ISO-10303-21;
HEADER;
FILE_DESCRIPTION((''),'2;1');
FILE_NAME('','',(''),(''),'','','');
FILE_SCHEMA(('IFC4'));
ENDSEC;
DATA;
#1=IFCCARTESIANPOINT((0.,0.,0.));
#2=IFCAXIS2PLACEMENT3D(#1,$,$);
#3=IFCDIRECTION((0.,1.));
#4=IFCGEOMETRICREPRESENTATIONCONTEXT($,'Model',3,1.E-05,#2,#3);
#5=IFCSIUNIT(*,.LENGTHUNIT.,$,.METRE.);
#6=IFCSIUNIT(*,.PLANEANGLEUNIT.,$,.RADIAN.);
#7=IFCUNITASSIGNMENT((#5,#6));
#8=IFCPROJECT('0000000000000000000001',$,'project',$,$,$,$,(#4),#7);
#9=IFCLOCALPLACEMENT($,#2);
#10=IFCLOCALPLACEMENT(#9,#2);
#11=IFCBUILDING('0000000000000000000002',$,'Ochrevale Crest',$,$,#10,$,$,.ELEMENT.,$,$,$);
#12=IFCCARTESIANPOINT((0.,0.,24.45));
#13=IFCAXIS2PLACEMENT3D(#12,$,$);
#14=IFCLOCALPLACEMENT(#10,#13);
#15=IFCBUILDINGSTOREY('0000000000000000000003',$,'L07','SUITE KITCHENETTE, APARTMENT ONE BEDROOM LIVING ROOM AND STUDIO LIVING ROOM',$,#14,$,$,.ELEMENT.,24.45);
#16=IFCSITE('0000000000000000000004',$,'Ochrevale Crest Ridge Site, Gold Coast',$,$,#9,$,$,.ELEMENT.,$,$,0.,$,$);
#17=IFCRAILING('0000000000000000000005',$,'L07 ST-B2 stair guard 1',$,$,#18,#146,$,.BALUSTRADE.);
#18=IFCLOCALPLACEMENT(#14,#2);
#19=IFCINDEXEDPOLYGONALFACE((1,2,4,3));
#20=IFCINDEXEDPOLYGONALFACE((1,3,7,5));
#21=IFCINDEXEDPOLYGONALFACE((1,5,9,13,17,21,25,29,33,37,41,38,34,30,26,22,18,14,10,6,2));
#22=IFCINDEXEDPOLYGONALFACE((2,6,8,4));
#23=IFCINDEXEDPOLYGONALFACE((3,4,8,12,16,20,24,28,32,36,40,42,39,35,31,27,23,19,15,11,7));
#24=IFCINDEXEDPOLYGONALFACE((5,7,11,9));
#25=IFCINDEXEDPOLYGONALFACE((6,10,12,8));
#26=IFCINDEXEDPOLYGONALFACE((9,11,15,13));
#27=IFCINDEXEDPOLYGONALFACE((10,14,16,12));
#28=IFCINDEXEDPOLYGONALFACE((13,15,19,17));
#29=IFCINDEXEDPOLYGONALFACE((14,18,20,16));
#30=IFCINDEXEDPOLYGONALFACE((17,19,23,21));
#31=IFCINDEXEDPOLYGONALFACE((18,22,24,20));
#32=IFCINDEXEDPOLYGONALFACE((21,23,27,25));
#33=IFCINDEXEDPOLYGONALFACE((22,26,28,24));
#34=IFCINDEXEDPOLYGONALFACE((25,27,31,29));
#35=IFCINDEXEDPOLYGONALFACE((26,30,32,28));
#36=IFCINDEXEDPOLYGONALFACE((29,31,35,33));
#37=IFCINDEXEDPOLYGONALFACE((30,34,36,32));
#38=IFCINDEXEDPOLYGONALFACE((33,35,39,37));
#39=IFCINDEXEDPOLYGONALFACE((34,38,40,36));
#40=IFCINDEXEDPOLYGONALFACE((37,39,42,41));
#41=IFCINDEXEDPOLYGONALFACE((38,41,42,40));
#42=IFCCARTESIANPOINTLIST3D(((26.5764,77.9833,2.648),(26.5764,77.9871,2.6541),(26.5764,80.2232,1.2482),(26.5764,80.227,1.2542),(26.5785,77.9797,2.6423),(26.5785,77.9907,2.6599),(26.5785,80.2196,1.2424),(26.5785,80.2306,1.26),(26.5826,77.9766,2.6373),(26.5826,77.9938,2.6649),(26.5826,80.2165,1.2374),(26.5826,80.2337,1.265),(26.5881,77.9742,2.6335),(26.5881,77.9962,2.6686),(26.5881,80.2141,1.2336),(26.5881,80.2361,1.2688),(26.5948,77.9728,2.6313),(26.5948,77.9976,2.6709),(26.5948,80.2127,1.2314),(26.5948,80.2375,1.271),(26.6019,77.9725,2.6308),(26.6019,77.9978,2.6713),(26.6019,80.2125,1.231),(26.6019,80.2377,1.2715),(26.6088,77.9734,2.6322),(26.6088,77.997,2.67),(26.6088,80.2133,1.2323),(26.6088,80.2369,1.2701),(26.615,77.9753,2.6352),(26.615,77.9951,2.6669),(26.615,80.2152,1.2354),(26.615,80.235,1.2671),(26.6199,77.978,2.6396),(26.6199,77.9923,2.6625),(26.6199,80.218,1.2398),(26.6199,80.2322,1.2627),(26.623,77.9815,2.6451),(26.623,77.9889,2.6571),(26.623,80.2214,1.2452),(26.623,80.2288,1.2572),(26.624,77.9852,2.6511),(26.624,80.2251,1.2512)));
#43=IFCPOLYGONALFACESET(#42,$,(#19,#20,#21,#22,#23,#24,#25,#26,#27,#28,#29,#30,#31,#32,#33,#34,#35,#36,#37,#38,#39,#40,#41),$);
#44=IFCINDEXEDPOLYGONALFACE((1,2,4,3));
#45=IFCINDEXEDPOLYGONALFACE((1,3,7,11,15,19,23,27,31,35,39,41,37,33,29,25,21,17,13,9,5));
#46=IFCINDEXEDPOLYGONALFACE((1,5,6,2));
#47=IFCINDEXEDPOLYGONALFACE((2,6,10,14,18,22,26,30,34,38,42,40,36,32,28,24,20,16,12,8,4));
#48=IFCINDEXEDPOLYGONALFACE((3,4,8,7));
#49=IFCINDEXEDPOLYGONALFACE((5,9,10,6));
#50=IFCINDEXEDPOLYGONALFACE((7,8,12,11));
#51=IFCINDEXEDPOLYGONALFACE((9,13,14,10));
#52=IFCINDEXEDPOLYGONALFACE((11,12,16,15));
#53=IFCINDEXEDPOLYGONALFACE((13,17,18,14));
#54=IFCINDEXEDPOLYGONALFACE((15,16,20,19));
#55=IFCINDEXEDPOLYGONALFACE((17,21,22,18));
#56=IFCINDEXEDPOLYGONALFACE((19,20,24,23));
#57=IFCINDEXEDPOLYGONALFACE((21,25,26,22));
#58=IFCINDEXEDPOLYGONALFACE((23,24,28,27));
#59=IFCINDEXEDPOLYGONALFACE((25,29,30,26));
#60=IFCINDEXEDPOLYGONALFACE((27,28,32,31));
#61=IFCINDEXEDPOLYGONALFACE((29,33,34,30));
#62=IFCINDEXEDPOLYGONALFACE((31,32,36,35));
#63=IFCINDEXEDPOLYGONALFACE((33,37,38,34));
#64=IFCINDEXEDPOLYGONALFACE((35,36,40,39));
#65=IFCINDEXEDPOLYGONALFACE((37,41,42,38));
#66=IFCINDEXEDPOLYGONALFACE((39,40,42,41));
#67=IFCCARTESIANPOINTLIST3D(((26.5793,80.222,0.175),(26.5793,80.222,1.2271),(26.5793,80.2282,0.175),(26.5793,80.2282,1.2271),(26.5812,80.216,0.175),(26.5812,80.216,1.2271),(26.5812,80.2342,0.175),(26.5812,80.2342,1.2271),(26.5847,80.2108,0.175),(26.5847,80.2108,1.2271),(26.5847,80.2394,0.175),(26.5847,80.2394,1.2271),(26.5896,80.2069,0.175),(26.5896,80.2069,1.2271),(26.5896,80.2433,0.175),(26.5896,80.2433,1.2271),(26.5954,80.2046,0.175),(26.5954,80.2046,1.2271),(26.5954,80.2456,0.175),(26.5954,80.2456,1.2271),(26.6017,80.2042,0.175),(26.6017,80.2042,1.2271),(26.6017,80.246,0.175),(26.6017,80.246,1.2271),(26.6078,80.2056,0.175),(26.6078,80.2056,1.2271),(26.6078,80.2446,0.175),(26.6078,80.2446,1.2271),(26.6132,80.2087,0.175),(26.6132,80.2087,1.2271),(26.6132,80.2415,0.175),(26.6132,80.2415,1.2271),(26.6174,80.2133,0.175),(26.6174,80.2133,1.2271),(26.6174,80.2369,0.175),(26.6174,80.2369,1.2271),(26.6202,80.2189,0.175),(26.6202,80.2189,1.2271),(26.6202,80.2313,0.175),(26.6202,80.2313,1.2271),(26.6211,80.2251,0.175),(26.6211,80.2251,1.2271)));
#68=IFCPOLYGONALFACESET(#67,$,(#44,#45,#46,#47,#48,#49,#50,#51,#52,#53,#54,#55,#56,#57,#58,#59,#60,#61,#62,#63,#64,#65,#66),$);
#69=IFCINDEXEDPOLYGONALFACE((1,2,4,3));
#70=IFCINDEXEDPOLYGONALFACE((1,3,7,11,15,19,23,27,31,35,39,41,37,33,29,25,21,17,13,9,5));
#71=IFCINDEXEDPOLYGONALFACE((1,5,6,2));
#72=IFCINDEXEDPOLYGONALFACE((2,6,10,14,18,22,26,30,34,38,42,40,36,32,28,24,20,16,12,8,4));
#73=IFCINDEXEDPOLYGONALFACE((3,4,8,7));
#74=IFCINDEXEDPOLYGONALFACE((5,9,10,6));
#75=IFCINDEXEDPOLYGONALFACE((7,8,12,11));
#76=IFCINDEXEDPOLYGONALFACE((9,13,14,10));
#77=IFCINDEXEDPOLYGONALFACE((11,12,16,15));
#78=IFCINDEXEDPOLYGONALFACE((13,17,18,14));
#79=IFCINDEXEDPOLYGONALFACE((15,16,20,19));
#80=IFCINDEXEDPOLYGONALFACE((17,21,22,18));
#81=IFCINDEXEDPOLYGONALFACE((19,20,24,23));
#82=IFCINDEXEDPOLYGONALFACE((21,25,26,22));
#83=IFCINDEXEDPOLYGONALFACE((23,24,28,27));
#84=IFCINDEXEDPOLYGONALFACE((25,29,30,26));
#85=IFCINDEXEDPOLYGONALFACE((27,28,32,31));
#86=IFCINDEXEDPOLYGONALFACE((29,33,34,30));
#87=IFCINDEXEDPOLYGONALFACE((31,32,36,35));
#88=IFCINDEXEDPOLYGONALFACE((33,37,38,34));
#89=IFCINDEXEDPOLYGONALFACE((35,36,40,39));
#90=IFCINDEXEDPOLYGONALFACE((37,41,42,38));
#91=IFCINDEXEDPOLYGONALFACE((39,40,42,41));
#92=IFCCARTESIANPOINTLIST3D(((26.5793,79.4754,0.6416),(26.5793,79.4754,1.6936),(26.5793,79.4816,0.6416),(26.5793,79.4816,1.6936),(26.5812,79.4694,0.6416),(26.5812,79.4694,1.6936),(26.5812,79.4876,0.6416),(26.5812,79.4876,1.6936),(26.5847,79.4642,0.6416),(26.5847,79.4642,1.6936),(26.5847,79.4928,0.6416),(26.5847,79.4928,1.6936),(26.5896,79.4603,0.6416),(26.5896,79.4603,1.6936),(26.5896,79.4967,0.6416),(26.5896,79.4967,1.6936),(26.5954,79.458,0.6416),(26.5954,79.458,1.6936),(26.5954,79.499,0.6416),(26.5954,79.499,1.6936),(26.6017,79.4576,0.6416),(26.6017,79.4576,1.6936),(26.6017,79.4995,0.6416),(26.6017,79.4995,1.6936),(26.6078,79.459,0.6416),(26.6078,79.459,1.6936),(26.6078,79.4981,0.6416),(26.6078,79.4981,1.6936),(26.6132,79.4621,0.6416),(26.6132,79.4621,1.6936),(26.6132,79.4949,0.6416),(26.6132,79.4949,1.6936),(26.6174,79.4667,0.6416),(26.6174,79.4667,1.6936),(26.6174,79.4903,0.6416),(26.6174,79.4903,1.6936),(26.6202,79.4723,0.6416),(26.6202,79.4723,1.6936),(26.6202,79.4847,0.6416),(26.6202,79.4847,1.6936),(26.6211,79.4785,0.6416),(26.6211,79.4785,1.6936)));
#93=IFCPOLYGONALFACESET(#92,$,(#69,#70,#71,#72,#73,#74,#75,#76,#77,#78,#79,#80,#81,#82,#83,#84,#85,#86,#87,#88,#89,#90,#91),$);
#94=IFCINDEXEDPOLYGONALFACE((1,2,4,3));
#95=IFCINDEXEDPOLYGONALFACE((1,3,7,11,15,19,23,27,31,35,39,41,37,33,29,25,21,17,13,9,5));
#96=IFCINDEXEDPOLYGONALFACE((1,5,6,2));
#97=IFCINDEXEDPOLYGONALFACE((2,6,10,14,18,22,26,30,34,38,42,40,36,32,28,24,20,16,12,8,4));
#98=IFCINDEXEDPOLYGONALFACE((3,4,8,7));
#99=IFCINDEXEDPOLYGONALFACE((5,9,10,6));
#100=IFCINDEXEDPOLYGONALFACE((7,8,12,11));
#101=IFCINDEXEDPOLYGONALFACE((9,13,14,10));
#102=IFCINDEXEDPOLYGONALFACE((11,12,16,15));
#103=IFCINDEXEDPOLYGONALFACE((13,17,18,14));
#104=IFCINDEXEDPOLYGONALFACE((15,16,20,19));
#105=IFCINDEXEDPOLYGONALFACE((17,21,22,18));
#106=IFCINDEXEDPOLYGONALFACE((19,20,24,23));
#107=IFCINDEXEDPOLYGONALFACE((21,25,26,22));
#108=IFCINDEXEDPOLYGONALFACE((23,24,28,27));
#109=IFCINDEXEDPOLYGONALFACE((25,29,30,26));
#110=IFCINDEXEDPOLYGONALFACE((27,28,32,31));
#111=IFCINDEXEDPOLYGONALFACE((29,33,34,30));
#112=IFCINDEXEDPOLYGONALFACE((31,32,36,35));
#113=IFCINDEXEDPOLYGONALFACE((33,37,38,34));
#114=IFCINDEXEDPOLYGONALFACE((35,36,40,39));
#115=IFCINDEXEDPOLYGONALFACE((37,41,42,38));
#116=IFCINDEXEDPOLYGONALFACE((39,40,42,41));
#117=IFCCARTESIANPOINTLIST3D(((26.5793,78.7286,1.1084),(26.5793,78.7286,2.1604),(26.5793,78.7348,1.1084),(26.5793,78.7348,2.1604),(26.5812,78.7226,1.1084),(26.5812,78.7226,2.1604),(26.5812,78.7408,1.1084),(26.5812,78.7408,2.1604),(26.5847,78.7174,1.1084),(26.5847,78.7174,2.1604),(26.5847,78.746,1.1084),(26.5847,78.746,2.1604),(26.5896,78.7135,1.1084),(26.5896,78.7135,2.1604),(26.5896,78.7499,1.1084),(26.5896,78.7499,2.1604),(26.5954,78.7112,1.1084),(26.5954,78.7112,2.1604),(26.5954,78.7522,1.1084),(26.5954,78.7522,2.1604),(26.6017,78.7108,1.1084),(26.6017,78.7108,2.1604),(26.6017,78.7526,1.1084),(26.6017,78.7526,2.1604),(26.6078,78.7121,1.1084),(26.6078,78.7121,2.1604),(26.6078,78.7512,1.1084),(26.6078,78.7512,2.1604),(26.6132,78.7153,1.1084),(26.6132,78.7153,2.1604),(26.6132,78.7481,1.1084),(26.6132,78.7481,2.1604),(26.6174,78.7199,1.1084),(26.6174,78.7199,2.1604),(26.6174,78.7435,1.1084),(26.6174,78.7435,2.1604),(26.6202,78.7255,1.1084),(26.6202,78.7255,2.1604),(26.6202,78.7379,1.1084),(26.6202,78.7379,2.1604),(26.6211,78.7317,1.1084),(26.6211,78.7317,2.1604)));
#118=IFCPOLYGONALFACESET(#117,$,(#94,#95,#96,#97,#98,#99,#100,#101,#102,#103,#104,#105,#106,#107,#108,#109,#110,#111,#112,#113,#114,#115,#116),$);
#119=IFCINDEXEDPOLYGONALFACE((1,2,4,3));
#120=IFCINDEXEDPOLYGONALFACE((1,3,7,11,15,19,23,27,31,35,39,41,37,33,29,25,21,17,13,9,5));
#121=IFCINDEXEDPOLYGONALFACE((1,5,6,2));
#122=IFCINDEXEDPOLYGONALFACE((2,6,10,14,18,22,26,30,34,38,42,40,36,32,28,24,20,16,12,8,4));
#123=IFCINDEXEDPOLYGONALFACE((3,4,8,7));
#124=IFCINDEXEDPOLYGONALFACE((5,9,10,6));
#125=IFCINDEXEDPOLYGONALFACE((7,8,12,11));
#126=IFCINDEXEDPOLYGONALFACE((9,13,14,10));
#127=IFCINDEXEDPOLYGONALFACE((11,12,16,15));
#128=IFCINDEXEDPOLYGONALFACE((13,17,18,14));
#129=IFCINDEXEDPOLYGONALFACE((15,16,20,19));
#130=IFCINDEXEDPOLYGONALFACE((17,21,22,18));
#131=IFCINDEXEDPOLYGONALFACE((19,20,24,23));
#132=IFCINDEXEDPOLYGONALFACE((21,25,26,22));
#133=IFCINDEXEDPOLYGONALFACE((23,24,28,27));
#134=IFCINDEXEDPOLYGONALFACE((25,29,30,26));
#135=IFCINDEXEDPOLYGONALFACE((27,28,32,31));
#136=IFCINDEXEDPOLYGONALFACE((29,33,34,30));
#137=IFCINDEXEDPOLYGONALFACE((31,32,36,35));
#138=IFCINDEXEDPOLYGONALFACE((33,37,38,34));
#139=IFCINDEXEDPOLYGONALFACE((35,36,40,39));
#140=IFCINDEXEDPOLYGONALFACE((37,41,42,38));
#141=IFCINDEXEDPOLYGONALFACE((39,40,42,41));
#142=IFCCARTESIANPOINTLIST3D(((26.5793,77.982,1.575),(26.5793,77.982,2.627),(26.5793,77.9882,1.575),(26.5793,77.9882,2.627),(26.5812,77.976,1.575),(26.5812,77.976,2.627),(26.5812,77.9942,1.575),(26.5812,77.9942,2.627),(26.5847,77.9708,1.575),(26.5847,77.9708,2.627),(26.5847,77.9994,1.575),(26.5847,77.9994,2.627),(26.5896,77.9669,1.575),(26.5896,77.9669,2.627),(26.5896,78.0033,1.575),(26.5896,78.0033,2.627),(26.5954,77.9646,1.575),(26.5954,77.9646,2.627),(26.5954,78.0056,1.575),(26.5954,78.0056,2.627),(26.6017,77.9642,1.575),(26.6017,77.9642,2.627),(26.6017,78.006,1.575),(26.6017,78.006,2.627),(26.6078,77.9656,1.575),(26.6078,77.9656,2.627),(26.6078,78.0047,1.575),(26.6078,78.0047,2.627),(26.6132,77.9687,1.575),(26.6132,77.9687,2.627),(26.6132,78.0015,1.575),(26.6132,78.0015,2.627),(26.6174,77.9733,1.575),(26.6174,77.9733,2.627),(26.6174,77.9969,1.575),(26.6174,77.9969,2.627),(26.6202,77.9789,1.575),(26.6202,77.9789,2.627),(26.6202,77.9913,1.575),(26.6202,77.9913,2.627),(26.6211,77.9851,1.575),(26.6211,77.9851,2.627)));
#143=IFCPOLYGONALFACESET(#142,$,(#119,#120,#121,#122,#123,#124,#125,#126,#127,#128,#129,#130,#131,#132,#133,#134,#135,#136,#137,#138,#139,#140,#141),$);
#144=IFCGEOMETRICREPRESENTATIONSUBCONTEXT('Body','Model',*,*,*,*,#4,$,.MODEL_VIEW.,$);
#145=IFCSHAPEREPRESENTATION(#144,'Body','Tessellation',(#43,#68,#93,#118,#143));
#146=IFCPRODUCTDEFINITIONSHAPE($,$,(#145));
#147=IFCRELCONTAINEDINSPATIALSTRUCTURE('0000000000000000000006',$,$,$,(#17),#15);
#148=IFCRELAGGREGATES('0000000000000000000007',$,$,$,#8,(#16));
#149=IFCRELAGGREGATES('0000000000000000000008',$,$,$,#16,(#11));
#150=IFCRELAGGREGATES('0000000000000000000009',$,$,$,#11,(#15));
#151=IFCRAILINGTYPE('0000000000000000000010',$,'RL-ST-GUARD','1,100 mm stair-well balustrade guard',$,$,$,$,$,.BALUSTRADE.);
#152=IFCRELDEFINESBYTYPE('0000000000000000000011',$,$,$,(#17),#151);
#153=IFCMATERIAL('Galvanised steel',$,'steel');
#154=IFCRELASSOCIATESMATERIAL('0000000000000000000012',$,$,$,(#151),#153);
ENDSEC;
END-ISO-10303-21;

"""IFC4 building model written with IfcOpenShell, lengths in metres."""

from ifc_helpers import new_model, si_unit, direction, frame, origin, origin_2d, place, context, subcontext, project, spatial, circle, extrude, material, type_object, element, save


model = new_model("IFC4")

# Units and contexts
model_context = context("Model", 3, precision=1e-05, world=origin(), true_north=direction((0.0, 1.0)))
body_context = subcontext(model_context, "Body", "Model", "MODEL_VIEW")
ifc_project = project(units=[si_unit("LENGTHUNIT", "METRE"), si_unit("PLANEANGLEUNIT", "RADIAN")], contexts=[model_context])

# Site, building, storey
site_placement = place(None, origin())
site = spatial("IfcSite", under=ifc_project, at=site_placement, Name="Ochrevale Crest Ridge Site, Gold Coast", CompositionType="ELEMENT", RefElevation=0.0)
building_placement = place(site_placement, origin())
building = spatial("IfcBuilding", under=site, at=building_placement, Name="Ochrevale Crest", CompositionType="ELEMENT")
storey_placement = place(building_placement, frame((0.0, 0.0, 24.45)))
storey = spatial("IfcBuildingStorey", under=building, at=storey_placement, Name="L07", Description="SUITE KITCHENETTE, APARTMENT ONE BEDROOM LIVING ROOM AND STUDIO LIVING ROOM", CompositionType="ELEMENT", Elevation=24.45)

# Railing
ifc_material_1 = material(Name="Galvanised steel", Category="steel")
railing_type_1 = type_object("IfcRailingType", Name="RL-ST-GUARD", Description="1,100 mm stair-well balustrade guard", PredefinedType="BALUSTRADE", material=ifc_material_1)
railing_1_placement = place(storey_placement, frame((26.6001, 80.2251, 0.175)))
element("IfcRailing", 1, at=railing_1_placement, inside=storey, type_object=railing_type_1, Name="L07 ST-B2 stair guard 1", PredefinedType="BALUSTRADE", context=body_context, shape_type="SweptSolid", body=[
    extrude(circle(Radius=0.0239, at=origin_2d()), frame((0.0, 0.0, 1.0762), z_axis=(0.0, -0.848014, 0.529974), x_axis=(1.0, 0.0, 0.0)), (0.0, 0.0, 1.0), 2.6414),
    extrude(circle(Radius=0.021, at=origin_2d()), origin(), (0.0, 0.0, 1.0), 1.052),
    extrude(circle(Radius=0.021, at=origin_2d()), frame((0.0, -0.7466, 0.4666)), (0.0, 0.0, 1.0), 1.052),
    extrude(circle(Radius=0.021, at=origin_2d()), frame((0.0, -1.4934, 0.9333)), (0.0, 0.0, 1.0), 1.052),
    extrude(circle(Radius=0.021, at=origin_2d()), frame((0.0, -2.24, 1.3999)), (0.0, 0.0, 1.0), 1.052),
])

save(model, "model.ifc")
